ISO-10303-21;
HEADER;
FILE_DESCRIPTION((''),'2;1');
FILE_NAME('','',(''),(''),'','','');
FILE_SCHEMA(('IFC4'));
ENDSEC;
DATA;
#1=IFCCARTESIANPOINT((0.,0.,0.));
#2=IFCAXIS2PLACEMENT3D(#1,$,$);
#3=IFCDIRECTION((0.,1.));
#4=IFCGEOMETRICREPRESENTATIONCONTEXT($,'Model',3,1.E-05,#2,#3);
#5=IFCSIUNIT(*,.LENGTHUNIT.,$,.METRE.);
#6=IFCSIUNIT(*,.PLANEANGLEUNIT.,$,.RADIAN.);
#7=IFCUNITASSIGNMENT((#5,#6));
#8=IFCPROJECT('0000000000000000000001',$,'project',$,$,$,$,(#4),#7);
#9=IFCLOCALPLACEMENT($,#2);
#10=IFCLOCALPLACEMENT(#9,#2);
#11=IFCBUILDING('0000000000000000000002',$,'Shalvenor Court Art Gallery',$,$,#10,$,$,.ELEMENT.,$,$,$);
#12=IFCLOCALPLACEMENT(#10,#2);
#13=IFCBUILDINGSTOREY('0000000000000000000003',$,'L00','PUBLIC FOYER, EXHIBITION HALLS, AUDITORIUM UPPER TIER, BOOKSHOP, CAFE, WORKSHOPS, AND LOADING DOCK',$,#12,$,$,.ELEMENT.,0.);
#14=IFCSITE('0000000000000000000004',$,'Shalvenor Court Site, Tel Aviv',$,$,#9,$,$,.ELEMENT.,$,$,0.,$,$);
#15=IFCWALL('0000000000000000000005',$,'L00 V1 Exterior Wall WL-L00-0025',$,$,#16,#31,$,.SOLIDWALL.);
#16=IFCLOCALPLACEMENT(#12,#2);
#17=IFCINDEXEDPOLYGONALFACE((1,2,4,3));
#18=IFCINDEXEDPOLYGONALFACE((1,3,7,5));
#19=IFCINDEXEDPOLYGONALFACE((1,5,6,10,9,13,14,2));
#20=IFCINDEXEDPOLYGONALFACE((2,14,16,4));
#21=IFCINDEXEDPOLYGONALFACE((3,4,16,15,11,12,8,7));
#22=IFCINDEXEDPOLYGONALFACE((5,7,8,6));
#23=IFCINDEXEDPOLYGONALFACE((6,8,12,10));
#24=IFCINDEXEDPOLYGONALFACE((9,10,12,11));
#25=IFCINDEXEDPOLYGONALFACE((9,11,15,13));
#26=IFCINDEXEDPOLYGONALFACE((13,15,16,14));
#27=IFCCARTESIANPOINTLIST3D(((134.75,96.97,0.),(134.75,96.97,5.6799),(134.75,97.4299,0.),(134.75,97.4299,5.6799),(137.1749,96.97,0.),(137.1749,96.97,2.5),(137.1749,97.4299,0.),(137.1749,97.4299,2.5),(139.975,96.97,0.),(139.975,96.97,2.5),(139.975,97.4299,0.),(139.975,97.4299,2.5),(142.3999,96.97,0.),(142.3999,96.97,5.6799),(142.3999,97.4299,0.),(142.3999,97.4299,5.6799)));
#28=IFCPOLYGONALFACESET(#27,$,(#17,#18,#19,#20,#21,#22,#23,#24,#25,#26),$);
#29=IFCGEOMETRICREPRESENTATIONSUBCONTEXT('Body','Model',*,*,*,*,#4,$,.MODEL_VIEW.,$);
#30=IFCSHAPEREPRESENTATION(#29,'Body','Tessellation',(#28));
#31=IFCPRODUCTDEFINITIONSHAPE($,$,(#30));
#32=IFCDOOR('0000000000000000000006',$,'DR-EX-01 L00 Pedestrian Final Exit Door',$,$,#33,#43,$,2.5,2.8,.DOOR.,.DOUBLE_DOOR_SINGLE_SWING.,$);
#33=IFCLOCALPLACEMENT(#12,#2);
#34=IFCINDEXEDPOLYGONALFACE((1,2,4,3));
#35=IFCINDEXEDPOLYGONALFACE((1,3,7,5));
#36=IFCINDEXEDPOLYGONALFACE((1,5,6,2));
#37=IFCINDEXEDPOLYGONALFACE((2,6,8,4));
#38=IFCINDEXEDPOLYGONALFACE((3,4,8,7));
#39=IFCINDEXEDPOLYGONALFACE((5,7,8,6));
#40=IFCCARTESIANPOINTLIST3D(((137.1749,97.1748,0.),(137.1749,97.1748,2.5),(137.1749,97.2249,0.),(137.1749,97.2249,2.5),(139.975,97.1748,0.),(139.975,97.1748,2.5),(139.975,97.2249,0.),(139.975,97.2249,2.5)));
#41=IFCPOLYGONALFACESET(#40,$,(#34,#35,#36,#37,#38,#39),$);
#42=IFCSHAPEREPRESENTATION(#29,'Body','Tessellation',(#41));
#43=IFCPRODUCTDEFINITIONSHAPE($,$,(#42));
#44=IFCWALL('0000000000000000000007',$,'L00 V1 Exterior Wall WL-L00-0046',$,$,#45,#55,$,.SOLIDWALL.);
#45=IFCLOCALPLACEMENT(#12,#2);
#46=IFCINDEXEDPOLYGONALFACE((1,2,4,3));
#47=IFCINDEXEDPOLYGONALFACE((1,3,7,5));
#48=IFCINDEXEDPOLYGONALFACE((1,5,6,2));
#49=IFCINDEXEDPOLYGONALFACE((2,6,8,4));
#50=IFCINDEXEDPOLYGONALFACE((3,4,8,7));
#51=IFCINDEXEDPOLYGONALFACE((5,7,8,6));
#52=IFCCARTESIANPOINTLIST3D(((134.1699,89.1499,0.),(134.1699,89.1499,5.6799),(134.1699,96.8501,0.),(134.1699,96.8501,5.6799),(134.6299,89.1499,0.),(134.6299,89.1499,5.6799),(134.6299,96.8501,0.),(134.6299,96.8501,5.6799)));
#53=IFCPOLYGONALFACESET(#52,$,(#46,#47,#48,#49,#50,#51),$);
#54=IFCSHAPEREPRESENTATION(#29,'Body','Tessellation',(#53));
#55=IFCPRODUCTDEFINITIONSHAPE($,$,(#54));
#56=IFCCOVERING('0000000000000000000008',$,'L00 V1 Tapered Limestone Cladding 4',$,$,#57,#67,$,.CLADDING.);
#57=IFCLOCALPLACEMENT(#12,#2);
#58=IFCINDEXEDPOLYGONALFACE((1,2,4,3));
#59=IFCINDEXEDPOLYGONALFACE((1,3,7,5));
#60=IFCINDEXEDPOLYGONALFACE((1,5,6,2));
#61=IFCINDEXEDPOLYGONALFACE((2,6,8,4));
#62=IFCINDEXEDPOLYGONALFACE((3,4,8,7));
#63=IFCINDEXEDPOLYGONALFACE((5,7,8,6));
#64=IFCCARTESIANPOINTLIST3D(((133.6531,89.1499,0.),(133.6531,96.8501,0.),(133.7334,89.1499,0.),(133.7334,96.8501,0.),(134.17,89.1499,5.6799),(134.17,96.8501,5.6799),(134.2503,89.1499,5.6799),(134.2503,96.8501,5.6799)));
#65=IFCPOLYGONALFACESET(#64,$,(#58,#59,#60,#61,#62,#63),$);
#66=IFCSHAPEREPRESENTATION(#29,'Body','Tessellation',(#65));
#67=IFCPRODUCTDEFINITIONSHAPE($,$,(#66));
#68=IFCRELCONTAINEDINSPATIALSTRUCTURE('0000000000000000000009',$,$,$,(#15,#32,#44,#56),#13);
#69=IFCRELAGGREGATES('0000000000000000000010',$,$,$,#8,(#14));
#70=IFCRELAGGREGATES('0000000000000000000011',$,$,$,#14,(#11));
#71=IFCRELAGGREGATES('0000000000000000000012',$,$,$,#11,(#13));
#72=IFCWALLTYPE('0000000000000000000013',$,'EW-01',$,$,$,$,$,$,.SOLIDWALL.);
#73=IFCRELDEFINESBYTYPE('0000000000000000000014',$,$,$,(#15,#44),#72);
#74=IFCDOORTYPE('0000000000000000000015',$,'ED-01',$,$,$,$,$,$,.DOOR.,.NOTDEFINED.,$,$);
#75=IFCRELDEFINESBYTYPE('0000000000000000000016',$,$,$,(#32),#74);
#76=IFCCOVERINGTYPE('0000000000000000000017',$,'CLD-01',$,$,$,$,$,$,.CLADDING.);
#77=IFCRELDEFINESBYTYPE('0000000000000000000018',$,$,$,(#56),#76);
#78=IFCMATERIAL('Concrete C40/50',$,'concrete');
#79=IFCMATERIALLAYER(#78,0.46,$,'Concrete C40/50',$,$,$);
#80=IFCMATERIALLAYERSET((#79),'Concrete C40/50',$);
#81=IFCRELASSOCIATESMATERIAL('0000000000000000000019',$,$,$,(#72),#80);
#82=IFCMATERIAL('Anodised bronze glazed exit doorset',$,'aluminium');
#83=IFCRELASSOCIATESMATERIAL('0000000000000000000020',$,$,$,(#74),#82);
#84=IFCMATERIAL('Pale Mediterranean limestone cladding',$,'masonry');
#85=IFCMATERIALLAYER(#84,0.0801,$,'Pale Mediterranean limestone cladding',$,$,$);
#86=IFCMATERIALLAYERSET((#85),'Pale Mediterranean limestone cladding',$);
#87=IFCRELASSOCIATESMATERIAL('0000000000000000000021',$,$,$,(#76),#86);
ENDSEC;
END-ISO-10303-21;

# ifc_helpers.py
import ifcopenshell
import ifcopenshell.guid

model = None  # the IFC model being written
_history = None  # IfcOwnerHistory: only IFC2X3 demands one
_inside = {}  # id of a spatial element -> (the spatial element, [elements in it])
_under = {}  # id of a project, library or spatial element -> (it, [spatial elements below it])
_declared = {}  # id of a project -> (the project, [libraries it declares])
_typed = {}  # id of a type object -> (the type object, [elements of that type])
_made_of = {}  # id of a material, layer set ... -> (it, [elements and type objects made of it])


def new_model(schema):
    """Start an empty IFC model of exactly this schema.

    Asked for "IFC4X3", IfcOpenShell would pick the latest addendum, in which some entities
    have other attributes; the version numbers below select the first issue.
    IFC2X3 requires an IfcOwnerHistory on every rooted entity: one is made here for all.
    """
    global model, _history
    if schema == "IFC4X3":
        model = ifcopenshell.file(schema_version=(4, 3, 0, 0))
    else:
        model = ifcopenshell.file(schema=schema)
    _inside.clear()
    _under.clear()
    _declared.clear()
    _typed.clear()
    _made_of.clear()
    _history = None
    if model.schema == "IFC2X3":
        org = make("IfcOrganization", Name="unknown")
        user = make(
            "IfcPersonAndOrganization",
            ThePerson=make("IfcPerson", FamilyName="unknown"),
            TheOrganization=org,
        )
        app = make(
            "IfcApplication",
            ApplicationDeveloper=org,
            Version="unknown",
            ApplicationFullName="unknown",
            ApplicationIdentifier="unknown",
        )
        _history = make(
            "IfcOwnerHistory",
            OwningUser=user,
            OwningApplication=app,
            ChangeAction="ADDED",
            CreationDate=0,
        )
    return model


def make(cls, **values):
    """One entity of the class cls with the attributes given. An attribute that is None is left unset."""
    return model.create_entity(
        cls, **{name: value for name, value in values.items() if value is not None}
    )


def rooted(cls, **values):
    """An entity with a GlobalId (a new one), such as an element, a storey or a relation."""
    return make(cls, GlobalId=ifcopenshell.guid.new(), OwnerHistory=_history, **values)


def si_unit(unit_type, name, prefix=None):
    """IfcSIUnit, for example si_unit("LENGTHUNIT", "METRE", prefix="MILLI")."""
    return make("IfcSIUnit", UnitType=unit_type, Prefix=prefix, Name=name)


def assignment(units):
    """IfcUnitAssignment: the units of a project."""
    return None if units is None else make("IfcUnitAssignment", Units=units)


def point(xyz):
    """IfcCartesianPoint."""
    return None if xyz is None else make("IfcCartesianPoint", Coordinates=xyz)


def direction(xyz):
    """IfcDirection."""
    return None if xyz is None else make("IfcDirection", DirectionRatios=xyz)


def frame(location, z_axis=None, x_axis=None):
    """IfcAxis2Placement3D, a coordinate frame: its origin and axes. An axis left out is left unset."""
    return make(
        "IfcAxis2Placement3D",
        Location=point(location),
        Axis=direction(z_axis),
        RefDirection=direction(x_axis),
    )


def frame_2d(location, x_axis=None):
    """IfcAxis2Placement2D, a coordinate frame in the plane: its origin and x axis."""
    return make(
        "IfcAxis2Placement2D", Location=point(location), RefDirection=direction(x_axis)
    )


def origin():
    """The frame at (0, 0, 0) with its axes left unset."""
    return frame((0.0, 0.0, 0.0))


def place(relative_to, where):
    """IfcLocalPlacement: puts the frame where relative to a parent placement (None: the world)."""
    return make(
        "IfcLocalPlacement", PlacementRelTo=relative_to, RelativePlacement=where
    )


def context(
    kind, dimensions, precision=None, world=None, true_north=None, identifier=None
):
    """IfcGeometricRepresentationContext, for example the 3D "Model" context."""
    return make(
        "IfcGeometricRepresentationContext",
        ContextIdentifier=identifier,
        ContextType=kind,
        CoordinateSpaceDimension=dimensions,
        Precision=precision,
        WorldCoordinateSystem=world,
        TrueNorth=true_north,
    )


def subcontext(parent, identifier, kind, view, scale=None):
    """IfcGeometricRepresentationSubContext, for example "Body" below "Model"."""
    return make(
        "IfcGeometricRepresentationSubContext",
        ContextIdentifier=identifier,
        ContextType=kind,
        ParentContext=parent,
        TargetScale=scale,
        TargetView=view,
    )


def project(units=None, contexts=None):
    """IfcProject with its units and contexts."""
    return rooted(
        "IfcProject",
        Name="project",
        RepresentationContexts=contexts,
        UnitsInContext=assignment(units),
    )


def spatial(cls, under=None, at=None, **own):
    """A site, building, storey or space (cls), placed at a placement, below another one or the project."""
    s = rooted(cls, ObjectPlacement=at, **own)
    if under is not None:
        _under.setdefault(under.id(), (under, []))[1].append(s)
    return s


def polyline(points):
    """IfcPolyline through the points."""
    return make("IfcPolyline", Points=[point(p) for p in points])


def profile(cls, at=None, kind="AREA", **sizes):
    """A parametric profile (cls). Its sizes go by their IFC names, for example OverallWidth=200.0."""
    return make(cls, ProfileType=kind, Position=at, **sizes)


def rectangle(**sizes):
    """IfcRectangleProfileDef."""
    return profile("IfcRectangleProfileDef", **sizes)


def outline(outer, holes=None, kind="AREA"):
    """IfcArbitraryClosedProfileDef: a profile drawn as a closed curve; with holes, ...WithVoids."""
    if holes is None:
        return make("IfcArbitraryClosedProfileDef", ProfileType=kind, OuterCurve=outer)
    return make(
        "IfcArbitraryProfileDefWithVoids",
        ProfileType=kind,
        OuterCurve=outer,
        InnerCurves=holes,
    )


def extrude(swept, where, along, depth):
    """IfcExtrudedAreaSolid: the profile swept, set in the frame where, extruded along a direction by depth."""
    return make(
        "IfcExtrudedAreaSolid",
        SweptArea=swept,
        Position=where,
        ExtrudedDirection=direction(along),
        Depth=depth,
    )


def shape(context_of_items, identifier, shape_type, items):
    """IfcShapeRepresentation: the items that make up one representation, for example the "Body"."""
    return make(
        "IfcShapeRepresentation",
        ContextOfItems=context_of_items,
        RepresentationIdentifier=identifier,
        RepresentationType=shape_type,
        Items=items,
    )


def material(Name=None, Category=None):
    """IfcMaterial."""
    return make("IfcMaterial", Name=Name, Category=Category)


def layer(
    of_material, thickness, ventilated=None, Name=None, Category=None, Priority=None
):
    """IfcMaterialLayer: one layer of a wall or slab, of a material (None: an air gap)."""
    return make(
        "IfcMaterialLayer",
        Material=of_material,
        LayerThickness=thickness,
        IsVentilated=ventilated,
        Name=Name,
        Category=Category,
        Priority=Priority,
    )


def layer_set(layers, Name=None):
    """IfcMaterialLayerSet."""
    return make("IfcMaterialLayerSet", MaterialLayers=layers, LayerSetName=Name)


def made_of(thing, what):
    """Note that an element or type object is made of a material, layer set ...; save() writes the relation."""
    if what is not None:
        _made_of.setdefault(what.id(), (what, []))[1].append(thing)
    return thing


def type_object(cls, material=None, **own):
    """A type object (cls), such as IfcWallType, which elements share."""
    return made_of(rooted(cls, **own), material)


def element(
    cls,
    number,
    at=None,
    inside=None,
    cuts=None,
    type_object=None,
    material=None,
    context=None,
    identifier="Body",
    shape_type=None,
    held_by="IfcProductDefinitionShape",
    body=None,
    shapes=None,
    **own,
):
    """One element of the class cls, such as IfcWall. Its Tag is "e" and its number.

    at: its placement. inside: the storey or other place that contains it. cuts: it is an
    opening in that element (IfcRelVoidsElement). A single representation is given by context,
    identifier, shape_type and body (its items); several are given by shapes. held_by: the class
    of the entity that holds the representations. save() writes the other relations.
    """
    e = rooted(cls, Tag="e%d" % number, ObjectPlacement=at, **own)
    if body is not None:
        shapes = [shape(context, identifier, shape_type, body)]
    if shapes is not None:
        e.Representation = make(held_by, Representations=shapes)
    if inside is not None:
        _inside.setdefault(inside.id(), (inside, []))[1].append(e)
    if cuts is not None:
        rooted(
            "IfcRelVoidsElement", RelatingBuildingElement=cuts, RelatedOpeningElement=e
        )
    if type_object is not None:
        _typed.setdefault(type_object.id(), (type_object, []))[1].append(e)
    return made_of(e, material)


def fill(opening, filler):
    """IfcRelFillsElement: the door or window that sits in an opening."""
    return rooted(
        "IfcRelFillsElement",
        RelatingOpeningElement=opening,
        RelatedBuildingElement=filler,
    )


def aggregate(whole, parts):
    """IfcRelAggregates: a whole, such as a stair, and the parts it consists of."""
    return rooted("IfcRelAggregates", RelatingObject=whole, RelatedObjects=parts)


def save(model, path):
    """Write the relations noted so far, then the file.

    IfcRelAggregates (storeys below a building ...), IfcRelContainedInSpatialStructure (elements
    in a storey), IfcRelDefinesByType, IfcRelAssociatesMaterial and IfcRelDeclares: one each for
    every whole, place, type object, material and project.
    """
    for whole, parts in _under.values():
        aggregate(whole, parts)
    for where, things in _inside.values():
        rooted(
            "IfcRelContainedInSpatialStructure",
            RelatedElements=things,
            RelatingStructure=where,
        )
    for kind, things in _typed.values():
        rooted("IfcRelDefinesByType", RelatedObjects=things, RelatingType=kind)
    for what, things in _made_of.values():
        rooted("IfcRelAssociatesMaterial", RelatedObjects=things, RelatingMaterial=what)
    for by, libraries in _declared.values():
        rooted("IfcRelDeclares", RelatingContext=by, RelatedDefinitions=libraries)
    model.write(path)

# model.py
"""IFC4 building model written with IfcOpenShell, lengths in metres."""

from ifc_helpers import new_model, si_unit, direction, frame, frame_2d, origin, place, context, subcontext, project, spatial, polyline, rectangle, outline, extrude, material, layer, layer_set, type_object, element, fill, save


model = new_model("IFC4")

# Units and contexts
model_context = context("Model", 3, precision=1e-05, world=origin(), true_north=direction((0.0, 1.0)))
body_context = subcontext(model_context, "Body", "Model", "MODEL_VIEW")
ifc_project = project(units=[si_unit("LENGTHUNIT", "METRE"), si_unit("PLANEANGLEUNIT", "RADIAN")], contexts=[model_context])

# Site, building, storey
site_placement = place(None, origin())
site = spatial("IfcSite", under=ifc_project, at=site_placement, Name="Shalvenor Court Site, Tel Aviv", CompositionType="ELEMENT", RefElevation=0.0)
building_placement = place(site_placement, origin())
building = spatial("IfcBuilding", under=site, at=building_placement, Name="Shalvenor Court Art Gallery", CompositionType="ELEMENT")
storey_placement = place(building_placement, origin())
storey = spatial("IfcBuildingStorey", under=building, at=storey_placement, Name="L00", Description="PUBLIC FOYER, EXHIBITION HALLS, AUDITORIUM UPPER TIER, BOOKSHOP, CAFE, WORKSHOPS, AND LOADING DOCK", CompositionType="ELEMENT", Elevation=0.0)

# Wall, opening, door
ifc_material_1 = material(Name="Concrete C40/50", Category="concrete")
ifc_layer_1 = layer(ifc_material_1, 0.46, Name="Concrete C40/50")
ifc_layer_set_1 = layer_set([ifc_layer_1], Name="Concrete C40/50")
wall_type = type_object("IfcWallType", Name="EW-01", PredefinedType="SOLIDWALL", material=ifc_layer_set_1)
wall_1_placement = place(storey_placement, frame((134.75, 97.2, 0.0), z_axis=(0.0, 0.0, 1.0), x_axis=(1.0, 0.0, 0.0)))
wall_1 = element("IfcWall", 1, at=wall_1_placement, inside=storey, type_object=wall_type, Name="L00 V1 Exterior Wall WL-L00-0025", PredefinedType="SOLIDWALL", context=body_context, shape_type="SweptSolid", body=[
    extrude(rectangle(XDim=7.6499, YDim=0.46, at=frame_2d((3.825, 0.0))), origin(), (0.0, 0.0, 1.0), 5.6799),
])
opening_placement = place(wall_1_placement, frame((2.425, 0.0, 0.0)))
opening = element("IfcOpeningElement", 2, at=opening_placement, cuts=wall_1, PredefinedType="OPENING", context=body_context, shape_type="SweptSolid", body=[
    extrude(rectangle(XDim=2.8, YDim=2.5, at=frame_2d((1.3999, 1.25))), frame((0.0, 0.24, 0.0), z_axis=(0.0, -1.0, 0.0), x_axis=(1.0, 0.0, 0.0)), (0.0, 0.0, 1.0), 0.48),
])
ifc_material_2 = material(Name="Anodised bronze glazed exit doorset", Category="aluminium")
door_type = type_object("IfcDoorType", Name="ED-01", OperationType="NOTDEFINED", PredefinedType="DOOR", material=ifc_material_2)
door_placement = place(opening_placement, origin())
door = element("IfcDoor", 3, at=door_placement, inside=storey, type_object=door_type, Name="DR-EX-01 L00 Pedestrian Final Exit Door", OperationType="DOUBLE_DOOR_SINGLE_SWING", OverallHeight=2.5, OverallWidth=2.8, PredefinedType="DOOR", context=body_context, shape_type="SweptSolid", body=[
    extrude(rectangle(XDim=2.8, YDim=2.5, at=frame_2d((1.3999, 1.25))), frame((0.0, 0.0249, 0.0), z_axis=(0.0, -1.0, 0.0), x_axis=(1.0, 0.0, 0.0)), (0.0, 0.0, 1.0), 0.05),
])
fill(opening, door)

# Wall
wall_2_placement = place(storey_placement, frame((134.3999, 89.1499, 0.0), z_axis=(0.0, 0.0, 1.0), x_axis=(0.0, 1.0, 0.0)))
element("IfcWall", 4, at=wall_2_placement, inside=storey, type_object=wall_type, Name="L00 V1 Exterior Wall WL-L00-0046", PredefinedType="SOLIDWALL", context=body_context, shape_type="SweptSolid", body=[
    extrude(rectangle(XDim=7.7002, YDim=0.46, at=frame_2d((3.8501, 0.0))), origin(), (0.0, 0.0, 1.0), 5.6799),
])

# Covering
ifc_material_3 = material(Name="Pale Mediterranean limestone cladding", Category="masonry")
ifc_layer_2 = layer(ifc_material_3, 0.0801, Name="Pale Mediterranean limestone cladding")
ifc_layer_set_2 = layer_set([ifc_layer_2], Name="Pale Mediterranean limestone cladding")
covering_type = type_object("IfcCoveringType", Name="CLD-01", PredefinedType="CLADDING", material=ifc_layer_set_2)
covering_placement = place(storey_placement, frame((133.6531, 96.8501, 0.0), z_axis=(0.0, 0.0, 1.0), x_axis=(0.0, -1.0, 0.0)))
element("IfcCovering", 5, at=covering_placement, inside=storey, type_object=covering_type, Name="L00 V1 Tapered Limestone Cladding 4", PredefinedType="CLADDING", context=body_context, shape_type="SweptSolid", body=[
    extrude(outline(polyline([(0.0, 0.0), (7.7002, 0.0), (7.7002, 5.7034), (0.0, 5.7034), (0.0, 0.0)])), frame((0.0, 0.0, 0.0), z_axis=(0.0, -0.995884, 0.090633), x_axis=(1.0, 0.0, 0.0)), (0.0, 0.090633, -0.995884), 0.0803),
])

save(model, "model.ifc")
